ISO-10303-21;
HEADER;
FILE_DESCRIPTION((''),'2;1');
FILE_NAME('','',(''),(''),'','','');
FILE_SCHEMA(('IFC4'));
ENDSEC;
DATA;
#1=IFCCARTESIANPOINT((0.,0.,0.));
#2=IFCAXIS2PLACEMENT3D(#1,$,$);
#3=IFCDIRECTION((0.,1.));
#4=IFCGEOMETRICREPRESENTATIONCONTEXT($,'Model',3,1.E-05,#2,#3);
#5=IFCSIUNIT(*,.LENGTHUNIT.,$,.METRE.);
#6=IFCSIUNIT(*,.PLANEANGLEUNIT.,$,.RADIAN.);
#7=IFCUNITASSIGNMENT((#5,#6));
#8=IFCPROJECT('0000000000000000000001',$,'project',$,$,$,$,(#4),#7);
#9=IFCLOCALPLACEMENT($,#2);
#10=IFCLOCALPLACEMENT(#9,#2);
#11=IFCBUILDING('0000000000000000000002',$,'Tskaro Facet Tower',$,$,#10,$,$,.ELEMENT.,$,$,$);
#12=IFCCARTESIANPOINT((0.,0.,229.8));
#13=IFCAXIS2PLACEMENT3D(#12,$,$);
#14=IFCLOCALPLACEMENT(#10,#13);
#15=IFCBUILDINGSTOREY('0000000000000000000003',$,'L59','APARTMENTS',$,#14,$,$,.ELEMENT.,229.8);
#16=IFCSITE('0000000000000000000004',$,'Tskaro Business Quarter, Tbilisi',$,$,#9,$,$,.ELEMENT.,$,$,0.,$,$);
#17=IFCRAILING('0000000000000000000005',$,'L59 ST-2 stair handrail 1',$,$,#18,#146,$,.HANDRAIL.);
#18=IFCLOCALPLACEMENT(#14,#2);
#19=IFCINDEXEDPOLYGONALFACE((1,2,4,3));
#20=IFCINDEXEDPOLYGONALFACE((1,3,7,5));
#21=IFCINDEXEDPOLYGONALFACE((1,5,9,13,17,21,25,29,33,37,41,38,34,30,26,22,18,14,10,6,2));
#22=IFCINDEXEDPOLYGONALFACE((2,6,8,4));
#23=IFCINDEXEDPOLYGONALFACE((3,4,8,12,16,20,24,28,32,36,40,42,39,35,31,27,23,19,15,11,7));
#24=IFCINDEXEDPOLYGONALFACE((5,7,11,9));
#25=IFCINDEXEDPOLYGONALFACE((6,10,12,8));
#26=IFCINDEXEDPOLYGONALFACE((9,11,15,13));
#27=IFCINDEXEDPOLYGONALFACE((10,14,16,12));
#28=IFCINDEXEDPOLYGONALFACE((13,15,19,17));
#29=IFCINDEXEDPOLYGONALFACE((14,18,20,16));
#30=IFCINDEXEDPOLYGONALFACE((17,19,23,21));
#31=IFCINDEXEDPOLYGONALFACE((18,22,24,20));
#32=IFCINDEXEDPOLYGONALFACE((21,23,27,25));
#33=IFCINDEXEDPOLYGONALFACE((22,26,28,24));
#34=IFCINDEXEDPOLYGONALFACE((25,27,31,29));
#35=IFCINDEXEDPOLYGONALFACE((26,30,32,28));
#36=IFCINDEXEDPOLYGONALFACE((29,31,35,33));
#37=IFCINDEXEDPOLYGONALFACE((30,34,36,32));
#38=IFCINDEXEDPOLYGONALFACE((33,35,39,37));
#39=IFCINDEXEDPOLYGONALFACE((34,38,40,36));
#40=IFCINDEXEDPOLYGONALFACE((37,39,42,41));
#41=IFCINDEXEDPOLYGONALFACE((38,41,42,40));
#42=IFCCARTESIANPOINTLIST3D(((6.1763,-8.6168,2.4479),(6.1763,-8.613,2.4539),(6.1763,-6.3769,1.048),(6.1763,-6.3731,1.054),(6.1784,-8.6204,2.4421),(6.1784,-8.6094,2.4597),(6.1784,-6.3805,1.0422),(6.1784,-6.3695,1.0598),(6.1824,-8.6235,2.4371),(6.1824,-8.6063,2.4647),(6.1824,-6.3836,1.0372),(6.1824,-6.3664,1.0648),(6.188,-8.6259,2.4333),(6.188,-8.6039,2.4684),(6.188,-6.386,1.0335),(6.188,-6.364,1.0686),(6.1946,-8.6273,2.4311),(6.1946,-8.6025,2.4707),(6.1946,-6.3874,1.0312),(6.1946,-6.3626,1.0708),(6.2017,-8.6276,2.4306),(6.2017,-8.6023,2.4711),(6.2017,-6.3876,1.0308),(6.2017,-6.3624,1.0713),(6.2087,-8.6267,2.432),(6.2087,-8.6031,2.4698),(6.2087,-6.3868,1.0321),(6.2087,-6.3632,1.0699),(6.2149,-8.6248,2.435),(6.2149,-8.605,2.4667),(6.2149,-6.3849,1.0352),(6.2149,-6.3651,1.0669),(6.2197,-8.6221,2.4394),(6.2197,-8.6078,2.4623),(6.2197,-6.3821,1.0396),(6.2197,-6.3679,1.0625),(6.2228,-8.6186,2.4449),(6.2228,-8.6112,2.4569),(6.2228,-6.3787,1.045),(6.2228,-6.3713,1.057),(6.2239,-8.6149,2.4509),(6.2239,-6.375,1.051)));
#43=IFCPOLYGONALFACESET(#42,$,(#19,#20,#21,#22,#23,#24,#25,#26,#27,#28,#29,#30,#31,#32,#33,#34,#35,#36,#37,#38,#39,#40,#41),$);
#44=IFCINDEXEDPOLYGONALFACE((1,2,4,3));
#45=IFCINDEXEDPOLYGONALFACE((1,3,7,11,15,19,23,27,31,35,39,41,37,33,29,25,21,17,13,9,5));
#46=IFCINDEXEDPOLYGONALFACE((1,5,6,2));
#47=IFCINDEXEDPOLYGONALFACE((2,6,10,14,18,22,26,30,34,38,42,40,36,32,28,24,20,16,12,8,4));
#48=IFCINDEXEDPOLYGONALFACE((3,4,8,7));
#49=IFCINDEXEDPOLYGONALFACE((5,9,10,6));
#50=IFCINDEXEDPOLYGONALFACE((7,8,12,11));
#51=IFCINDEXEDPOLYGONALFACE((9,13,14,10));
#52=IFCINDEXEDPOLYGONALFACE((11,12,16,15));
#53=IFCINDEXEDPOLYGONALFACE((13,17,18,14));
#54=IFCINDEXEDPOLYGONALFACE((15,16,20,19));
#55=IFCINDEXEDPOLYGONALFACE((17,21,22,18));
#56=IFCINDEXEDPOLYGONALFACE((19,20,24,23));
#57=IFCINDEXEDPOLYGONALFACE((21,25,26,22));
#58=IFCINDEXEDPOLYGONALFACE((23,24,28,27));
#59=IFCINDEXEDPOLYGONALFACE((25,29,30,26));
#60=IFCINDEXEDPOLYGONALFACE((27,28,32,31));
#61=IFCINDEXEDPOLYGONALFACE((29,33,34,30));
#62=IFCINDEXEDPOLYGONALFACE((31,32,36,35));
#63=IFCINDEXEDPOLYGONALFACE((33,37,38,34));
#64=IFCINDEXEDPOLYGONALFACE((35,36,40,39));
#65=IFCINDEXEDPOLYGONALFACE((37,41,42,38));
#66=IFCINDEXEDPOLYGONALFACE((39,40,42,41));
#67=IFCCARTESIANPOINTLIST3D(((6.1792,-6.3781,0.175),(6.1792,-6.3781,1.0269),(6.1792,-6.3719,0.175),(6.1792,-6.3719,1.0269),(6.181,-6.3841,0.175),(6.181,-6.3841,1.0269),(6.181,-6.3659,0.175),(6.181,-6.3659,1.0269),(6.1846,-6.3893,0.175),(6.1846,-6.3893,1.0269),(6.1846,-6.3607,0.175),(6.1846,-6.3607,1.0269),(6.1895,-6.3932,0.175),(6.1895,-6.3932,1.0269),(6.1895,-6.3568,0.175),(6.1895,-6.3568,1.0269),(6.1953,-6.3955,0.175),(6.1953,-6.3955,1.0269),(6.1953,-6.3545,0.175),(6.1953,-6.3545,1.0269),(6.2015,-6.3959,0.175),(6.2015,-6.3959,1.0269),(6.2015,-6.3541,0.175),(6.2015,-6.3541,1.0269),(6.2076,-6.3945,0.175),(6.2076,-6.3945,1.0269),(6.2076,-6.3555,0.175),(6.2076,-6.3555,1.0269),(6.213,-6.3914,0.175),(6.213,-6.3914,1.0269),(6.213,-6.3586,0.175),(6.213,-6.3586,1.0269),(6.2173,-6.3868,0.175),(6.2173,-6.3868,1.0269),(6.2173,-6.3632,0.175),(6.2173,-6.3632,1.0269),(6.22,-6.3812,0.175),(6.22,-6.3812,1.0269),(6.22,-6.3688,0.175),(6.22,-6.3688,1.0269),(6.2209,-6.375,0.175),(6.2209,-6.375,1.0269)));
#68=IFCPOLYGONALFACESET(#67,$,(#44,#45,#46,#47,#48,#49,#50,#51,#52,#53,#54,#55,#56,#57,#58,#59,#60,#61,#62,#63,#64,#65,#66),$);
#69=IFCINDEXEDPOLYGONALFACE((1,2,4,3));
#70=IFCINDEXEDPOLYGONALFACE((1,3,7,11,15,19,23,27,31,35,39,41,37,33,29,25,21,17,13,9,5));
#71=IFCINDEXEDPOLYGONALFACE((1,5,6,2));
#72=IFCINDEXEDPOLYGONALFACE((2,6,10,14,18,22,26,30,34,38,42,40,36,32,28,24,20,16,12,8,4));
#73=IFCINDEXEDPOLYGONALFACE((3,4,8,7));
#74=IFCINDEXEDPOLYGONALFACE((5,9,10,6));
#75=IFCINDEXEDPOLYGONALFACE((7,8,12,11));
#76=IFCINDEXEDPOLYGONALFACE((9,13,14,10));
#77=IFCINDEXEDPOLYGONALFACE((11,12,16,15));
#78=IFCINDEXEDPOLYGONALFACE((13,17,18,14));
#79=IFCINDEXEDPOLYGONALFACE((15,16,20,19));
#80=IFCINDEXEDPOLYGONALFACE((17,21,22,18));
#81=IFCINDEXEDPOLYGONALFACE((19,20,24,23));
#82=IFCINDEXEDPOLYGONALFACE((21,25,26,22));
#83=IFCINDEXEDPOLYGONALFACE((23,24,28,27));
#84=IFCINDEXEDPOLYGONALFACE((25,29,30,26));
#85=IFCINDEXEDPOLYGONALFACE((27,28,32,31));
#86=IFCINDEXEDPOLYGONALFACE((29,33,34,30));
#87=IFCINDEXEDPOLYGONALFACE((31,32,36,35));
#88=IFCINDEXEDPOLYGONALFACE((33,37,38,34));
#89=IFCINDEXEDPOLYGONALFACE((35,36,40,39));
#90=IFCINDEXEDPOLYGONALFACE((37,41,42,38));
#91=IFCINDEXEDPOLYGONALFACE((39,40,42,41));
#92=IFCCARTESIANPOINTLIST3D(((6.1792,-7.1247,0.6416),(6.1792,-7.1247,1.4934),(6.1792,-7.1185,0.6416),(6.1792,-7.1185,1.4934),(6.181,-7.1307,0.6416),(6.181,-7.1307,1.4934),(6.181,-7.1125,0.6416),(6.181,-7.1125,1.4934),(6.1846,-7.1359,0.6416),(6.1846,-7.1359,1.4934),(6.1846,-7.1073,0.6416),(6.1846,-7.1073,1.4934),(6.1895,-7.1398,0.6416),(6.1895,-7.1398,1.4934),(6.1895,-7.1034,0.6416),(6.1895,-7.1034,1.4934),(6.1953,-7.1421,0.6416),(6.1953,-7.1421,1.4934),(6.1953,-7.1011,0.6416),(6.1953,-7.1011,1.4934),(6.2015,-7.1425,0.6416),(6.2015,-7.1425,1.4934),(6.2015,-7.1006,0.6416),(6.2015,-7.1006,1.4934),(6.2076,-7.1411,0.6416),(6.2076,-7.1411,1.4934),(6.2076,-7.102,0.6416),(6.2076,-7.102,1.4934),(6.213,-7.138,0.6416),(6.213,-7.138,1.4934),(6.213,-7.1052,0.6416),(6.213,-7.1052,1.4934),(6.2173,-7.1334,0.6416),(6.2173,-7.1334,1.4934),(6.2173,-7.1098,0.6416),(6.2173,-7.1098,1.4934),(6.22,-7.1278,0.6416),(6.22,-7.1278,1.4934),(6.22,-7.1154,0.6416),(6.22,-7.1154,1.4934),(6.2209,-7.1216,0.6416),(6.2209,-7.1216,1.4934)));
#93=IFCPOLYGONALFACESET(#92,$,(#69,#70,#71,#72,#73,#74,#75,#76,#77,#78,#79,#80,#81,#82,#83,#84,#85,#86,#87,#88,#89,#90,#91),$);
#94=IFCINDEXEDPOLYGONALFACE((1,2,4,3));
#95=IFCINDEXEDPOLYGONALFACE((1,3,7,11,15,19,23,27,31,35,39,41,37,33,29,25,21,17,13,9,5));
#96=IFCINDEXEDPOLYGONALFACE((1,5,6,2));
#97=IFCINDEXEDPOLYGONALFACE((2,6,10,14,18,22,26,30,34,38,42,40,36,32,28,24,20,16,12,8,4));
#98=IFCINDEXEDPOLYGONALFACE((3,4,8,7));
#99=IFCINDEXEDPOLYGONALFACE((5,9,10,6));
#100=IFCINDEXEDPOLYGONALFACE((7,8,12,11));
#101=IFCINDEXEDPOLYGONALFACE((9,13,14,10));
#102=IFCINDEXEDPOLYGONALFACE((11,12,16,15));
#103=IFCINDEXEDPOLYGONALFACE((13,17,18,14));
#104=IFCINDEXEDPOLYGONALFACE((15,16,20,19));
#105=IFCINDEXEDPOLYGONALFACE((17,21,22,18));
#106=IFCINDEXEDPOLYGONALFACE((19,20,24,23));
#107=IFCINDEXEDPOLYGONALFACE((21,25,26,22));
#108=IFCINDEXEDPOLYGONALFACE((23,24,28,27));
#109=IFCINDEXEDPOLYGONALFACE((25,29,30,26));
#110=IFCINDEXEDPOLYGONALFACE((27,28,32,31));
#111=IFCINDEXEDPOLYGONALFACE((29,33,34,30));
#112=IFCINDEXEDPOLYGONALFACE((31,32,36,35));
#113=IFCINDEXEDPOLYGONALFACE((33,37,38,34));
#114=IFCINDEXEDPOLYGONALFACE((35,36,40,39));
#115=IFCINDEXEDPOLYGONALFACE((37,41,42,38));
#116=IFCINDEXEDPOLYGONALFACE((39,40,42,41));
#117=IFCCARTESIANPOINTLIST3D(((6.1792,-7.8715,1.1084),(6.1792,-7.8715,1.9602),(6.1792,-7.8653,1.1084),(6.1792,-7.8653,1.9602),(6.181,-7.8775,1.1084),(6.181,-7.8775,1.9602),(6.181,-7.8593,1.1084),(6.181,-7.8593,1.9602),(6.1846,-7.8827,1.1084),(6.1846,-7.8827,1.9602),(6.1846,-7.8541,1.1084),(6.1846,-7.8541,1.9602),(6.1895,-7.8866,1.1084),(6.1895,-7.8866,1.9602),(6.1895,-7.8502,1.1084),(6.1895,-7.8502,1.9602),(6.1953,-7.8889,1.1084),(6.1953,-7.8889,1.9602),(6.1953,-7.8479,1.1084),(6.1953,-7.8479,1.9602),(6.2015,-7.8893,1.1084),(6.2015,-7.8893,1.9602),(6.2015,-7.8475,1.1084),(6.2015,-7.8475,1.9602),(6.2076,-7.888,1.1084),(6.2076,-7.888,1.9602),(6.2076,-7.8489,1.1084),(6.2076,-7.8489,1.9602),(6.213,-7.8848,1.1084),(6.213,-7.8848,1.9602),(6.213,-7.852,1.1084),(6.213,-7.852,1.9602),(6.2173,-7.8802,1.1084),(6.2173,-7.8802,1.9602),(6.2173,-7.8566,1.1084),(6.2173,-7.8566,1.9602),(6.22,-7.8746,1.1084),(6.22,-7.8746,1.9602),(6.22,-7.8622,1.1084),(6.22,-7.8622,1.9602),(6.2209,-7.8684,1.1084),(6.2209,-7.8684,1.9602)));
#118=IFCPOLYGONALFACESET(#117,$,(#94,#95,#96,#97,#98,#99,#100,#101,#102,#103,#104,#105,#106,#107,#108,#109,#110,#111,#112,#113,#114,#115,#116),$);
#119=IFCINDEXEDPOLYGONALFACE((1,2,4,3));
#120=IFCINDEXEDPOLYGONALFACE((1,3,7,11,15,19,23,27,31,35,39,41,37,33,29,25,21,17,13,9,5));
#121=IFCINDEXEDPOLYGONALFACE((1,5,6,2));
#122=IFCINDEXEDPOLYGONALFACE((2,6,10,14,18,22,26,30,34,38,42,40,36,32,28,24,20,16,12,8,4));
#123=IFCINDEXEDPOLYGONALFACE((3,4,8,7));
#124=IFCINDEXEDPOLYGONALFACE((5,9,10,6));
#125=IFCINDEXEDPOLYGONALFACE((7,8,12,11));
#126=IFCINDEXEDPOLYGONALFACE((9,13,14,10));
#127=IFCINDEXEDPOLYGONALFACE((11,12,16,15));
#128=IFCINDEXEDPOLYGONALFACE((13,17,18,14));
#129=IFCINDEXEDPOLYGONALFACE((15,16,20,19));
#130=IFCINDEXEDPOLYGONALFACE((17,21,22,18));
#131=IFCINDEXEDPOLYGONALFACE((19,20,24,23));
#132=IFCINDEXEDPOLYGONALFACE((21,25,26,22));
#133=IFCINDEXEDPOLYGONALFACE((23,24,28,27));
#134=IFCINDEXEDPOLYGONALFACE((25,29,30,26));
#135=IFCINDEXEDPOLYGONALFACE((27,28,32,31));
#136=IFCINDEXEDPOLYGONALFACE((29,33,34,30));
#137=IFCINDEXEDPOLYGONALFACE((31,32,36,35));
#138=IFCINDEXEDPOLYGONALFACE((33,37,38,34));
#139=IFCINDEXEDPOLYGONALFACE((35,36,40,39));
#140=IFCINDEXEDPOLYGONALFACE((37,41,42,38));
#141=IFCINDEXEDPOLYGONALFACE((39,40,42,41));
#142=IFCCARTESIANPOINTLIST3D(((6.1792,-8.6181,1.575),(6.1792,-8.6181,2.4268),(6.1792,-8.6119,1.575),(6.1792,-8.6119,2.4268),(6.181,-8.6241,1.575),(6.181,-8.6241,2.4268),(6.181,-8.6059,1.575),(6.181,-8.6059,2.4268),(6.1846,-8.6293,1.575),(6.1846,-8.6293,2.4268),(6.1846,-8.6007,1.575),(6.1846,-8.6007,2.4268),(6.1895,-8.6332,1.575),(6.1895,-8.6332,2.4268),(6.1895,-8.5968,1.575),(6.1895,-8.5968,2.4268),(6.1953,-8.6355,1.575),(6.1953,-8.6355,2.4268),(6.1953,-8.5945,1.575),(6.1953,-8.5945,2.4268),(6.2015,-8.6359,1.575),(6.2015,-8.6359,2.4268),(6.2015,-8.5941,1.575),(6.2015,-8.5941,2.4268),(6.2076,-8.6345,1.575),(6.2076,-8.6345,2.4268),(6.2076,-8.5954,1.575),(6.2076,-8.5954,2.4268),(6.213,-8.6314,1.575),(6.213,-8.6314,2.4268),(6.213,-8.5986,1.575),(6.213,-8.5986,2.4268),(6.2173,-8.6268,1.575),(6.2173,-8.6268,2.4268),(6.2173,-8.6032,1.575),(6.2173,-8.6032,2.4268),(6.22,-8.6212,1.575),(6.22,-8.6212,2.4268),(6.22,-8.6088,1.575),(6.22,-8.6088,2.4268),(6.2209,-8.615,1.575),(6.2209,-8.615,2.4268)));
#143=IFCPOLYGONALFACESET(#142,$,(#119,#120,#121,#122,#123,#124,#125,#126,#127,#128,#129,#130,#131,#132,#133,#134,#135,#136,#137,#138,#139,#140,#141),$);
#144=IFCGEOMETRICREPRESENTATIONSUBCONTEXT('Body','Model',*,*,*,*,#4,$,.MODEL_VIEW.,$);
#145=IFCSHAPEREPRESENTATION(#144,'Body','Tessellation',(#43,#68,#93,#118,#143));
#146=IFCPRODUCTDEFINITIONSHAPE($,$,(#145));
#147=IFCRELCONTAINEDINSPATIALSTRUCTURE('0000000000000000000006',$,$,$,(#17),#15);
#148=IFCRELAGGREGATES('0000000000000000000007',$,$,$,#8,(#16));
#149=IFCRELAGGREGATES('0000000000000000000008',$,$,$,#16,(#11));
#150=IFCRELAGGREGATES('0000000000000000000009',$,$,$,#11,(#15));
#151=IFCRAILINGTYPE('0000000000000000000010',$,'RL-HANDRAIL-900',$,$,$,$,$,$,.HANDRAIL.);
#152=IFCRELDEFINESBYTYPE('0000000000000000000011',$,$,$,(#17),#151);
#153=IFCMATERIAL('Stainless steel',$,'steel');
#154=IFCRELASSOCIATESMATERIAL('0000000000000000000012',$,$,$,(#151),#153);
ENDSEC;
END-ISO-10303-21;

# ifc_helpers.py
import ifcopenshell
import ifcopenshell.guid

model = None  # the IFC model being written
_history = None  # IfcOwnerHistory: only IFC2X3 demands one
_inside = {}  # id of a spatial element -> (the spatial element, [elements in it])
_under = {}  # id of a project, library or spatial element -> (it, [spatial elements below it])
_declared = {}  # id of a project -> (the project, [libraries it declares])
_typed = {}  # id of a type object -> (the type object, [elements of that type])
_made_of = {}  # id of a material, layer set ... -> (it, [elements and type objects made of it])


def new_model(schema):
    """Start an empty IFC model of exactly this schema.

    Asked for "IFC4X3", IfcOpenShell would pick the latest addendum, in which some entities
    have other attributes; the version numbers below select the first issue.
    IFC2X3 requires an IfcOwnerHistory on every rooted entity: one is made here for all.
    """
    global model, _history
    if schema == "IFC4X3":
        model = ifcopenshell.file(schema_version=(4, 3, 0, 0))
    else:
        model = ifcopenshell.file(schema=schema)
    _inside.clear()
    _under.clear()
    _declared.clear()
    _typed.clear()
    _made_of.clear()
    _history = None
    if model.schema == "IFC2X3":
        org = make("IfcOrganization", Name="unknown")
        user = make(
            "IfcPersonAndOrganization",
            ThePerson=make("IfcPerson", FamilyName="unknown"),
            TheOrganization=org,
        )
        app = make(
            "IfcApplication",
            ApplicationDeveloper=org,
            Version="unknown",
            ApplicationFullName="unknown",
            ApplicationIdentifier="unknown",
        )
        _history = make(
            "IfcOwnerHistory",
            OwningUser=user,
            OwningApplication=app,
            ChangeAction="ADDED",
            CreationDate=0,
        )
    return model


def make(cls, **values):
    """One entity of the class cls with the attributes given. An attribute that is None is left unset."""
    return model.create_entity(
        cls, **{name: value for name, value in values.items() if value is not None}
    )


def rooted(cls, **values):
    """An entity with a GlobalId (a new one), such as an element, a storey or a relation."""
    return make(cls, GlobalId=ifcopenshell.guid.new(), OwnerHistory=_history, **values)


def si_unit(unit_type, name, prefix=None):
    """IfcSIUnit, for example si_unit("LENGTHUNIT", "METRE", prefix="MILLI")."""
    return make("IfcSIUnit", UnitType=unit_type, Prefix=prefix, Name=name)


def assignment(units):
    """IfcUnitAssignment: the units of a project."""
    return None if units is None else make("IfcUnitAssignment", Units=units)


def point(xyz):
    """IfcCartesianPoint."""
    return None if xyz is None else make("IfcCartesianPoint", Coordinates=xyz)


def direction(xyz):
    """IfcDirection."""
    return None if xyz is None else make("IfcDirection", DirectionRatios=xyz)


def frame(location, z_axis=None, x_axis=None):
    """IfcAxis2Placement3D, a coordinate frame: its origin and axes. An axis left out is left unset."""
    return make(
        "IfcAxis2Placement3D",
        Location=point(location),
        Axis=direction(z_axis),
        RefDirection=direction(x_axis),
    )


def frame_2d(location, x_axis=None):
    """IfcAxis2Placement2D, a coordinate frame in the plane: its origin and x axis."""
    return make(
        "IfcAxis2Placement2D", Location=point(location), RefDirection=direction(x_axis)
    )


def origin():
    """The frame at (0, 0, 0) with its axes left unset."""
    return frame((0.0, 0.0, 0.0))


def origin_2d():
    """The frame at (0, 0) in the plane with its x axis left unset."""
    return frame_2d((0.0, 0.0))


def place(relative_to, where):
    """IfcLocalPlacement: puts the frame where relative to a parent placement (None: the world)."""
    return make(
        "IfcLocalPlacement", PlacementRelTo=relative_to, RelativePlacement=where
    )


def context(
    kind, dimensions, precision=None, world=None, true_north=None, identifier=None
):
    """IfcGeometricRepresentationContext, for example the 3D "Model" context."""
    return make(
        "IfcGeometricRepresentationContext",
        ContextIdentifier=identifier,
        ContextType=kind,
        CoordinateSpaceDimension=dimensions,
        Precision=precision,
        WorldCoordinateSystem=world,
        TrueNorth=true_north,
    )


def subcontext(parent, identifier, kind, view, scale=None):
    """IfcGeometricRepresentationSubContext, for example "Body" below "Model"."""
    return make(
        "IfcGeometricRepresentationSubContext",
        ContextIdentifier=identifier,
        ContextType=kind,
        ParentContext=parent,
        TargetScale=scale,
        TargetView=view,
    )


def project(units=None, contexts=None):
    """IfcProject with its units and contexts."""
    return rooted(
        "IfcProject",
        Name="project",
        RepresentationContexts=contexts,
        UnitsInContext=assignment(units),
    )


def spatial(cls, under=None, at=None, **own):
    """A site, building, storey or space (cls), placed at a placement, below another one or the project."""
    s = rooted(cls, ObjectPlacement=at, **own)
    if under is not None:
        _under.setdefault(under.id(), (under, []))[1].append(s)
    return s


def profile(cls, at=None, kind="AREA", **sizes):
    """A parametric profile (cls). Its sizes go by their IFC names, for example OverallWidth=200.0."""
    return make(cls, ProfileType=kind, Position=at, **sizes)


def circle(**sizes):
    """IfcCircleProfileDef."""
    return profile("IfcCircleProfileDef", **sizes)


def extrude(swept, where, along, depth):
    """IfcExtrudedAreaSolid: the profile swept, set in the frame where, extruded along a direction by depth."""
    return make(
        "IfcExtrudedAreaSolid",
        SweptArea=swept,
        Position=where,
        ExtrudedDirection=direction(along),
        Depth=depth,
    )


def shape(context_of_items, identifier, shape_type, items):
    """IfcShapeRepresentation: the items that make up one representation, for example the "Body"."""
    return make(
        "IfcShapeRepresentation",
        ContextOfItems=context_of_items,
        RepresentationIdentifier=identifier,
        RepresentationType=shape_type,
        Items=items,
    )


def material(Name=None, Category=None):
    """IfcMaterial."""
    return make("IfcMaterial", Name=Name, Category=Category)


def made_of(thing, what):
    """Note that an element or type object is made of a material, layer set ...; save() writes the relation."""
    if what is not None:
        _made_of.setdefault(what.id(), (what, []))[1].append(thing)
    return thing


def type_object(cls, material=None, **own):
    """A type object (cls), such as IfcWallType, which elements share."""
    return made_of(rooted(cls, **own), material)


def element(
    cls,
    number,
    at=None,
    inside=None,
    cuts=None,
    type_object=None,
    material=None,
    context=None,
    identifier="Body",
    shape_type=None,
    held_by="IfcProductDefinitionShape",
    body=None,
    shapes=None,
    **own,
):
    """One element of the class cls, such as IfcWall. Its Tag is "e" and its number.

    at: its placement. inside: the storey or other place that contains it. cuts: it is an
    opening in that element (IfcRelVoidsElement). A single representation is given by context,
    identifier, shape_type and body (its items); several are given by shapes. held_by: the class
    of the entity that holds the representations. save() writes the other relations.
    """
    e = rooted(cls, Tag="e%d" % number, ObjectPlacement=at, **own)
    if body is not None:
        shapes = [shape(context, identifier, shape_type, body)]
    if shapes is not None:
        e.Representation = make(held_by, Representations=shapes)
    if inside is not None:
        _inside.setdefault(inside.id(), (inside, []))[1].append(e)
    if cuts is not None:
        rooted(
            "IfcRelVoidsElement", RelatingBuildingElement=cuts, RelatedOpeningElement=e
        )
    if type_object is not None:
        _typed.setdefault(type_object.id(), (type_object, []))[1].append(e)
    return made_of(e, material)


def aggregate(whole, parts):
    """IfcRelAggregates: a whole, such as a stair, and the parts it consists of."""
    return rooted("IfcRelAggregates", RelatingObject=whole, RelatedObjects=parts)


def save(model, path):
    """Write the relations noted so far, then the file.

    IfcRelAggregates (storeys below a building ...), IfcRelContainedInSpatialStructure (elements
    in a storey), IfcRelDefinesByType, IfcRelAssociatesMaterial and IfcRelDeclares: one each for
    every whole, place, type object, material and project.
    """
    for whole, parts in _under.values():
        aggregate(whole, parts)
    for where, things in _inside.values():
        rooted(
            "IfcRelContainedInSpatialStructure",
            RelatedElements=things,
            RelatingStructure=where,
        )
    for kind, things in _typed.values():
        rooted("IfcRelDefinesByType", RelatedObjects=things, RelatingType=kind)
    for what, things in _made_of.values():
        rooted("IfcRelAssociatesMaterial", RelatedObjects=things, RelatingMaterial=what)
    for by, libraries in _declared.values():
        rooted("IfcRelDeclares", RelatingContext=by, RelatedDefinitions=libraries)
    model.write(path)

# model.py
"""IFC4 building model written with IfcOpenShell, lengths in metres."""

from ifc_helpers import new_model, si_unit, direction, frame, origin, origin_2d, place, context, subcontext, project, spatial, circle, extrude, material, type_object, element, save


model = new_model("IFC4")

# Units and contexts
model_context = context("Model", 3, precision=1e-05, world=origin(), true_north=direction((0.0, 1.0)))
body_context = subcontext(model_context, "Body", "Model", "MODEL_VIEW")
ifc_project = project(units=[si_unit("LENGTHUNIT", "METRE"), si_unit("PLANEANGLEUNIT", "RADIAN")], contexts=[model_context])

# Site, building, storey
site_placement = place(None, origin())
site = spatial("IfcSite", under=ifc_project, at=site_placement, Name="Tskaro Business Quarter, Tbilisi", CompositionType="ELEMENT", RefElevation=0.0)
building_placement = place(site_placement, origin())
building = spatial("IfcBuilding", under=site, at=building_placement, Name="Tskaro Facet Tower", CompositionType="ELEMENT")
storey_placement = place(building_placement, frame((0.0, 0.0, 229.8)))
storey = spatial("IfcBuildingStorey", under=building, at=storey_placement, Name="L59", Description="APARTMENTS", CompositionType="ELEMENT", Elevation=229.8)

# Shared definitions
ifc_material_1 = material(Name="Stainless steel", Category="steel")

# Railing
railing_type_1 = type_object("IfcRailingType", Name="RL-HANDRAIL-900", PredefinedType="HANDRAIL", material=ifc_material_1)
railing_1_placement = place(storey_placement, frame((6.2, -6.375, 0.175)))
element("IfcRailing", 1, at=railing_1_placement, inside=storey, type_object=railing_type_1, Name="L59 ST-2 stair handrail 1", PredefinedType="HANDRAIL", context=body_context, shape_type="SweptSolid", body=[
    extrude(circle(Radius=0.0239, at=origin_2d()), frame((0.0, 0.0, 0.876), z_axis=(0.0, -0.848014, 0.529974), x_axis=(1.0, 0.0, 0.0)), (0.0, 0.0, 1.0), 2.6414),
    extrude(circle(Radius=0.021, at=origin_2d()), origin(), (0.0, 0.0, 1.0), 0.8518),
    extrude(circle(Radius=0.021, at=origin_2d()), frame((0.0, -0.7466, 0.4666)), (0.0, 0.0, 1.0), 0.8518),
    extrude(circle(Radius=0.021, at=origin_2d()), frame((0.0, -1.4934, 0.9333)), (0.0, 0.0, 1.0), 0.8518),
    extrude(circle(Radius=0.021, at=origin_2d()), frame((0.0, -2.24, 1.3999)), (0.0, 0.0, 1.0), 0.8518),
])

save(model, "model.ifc")
